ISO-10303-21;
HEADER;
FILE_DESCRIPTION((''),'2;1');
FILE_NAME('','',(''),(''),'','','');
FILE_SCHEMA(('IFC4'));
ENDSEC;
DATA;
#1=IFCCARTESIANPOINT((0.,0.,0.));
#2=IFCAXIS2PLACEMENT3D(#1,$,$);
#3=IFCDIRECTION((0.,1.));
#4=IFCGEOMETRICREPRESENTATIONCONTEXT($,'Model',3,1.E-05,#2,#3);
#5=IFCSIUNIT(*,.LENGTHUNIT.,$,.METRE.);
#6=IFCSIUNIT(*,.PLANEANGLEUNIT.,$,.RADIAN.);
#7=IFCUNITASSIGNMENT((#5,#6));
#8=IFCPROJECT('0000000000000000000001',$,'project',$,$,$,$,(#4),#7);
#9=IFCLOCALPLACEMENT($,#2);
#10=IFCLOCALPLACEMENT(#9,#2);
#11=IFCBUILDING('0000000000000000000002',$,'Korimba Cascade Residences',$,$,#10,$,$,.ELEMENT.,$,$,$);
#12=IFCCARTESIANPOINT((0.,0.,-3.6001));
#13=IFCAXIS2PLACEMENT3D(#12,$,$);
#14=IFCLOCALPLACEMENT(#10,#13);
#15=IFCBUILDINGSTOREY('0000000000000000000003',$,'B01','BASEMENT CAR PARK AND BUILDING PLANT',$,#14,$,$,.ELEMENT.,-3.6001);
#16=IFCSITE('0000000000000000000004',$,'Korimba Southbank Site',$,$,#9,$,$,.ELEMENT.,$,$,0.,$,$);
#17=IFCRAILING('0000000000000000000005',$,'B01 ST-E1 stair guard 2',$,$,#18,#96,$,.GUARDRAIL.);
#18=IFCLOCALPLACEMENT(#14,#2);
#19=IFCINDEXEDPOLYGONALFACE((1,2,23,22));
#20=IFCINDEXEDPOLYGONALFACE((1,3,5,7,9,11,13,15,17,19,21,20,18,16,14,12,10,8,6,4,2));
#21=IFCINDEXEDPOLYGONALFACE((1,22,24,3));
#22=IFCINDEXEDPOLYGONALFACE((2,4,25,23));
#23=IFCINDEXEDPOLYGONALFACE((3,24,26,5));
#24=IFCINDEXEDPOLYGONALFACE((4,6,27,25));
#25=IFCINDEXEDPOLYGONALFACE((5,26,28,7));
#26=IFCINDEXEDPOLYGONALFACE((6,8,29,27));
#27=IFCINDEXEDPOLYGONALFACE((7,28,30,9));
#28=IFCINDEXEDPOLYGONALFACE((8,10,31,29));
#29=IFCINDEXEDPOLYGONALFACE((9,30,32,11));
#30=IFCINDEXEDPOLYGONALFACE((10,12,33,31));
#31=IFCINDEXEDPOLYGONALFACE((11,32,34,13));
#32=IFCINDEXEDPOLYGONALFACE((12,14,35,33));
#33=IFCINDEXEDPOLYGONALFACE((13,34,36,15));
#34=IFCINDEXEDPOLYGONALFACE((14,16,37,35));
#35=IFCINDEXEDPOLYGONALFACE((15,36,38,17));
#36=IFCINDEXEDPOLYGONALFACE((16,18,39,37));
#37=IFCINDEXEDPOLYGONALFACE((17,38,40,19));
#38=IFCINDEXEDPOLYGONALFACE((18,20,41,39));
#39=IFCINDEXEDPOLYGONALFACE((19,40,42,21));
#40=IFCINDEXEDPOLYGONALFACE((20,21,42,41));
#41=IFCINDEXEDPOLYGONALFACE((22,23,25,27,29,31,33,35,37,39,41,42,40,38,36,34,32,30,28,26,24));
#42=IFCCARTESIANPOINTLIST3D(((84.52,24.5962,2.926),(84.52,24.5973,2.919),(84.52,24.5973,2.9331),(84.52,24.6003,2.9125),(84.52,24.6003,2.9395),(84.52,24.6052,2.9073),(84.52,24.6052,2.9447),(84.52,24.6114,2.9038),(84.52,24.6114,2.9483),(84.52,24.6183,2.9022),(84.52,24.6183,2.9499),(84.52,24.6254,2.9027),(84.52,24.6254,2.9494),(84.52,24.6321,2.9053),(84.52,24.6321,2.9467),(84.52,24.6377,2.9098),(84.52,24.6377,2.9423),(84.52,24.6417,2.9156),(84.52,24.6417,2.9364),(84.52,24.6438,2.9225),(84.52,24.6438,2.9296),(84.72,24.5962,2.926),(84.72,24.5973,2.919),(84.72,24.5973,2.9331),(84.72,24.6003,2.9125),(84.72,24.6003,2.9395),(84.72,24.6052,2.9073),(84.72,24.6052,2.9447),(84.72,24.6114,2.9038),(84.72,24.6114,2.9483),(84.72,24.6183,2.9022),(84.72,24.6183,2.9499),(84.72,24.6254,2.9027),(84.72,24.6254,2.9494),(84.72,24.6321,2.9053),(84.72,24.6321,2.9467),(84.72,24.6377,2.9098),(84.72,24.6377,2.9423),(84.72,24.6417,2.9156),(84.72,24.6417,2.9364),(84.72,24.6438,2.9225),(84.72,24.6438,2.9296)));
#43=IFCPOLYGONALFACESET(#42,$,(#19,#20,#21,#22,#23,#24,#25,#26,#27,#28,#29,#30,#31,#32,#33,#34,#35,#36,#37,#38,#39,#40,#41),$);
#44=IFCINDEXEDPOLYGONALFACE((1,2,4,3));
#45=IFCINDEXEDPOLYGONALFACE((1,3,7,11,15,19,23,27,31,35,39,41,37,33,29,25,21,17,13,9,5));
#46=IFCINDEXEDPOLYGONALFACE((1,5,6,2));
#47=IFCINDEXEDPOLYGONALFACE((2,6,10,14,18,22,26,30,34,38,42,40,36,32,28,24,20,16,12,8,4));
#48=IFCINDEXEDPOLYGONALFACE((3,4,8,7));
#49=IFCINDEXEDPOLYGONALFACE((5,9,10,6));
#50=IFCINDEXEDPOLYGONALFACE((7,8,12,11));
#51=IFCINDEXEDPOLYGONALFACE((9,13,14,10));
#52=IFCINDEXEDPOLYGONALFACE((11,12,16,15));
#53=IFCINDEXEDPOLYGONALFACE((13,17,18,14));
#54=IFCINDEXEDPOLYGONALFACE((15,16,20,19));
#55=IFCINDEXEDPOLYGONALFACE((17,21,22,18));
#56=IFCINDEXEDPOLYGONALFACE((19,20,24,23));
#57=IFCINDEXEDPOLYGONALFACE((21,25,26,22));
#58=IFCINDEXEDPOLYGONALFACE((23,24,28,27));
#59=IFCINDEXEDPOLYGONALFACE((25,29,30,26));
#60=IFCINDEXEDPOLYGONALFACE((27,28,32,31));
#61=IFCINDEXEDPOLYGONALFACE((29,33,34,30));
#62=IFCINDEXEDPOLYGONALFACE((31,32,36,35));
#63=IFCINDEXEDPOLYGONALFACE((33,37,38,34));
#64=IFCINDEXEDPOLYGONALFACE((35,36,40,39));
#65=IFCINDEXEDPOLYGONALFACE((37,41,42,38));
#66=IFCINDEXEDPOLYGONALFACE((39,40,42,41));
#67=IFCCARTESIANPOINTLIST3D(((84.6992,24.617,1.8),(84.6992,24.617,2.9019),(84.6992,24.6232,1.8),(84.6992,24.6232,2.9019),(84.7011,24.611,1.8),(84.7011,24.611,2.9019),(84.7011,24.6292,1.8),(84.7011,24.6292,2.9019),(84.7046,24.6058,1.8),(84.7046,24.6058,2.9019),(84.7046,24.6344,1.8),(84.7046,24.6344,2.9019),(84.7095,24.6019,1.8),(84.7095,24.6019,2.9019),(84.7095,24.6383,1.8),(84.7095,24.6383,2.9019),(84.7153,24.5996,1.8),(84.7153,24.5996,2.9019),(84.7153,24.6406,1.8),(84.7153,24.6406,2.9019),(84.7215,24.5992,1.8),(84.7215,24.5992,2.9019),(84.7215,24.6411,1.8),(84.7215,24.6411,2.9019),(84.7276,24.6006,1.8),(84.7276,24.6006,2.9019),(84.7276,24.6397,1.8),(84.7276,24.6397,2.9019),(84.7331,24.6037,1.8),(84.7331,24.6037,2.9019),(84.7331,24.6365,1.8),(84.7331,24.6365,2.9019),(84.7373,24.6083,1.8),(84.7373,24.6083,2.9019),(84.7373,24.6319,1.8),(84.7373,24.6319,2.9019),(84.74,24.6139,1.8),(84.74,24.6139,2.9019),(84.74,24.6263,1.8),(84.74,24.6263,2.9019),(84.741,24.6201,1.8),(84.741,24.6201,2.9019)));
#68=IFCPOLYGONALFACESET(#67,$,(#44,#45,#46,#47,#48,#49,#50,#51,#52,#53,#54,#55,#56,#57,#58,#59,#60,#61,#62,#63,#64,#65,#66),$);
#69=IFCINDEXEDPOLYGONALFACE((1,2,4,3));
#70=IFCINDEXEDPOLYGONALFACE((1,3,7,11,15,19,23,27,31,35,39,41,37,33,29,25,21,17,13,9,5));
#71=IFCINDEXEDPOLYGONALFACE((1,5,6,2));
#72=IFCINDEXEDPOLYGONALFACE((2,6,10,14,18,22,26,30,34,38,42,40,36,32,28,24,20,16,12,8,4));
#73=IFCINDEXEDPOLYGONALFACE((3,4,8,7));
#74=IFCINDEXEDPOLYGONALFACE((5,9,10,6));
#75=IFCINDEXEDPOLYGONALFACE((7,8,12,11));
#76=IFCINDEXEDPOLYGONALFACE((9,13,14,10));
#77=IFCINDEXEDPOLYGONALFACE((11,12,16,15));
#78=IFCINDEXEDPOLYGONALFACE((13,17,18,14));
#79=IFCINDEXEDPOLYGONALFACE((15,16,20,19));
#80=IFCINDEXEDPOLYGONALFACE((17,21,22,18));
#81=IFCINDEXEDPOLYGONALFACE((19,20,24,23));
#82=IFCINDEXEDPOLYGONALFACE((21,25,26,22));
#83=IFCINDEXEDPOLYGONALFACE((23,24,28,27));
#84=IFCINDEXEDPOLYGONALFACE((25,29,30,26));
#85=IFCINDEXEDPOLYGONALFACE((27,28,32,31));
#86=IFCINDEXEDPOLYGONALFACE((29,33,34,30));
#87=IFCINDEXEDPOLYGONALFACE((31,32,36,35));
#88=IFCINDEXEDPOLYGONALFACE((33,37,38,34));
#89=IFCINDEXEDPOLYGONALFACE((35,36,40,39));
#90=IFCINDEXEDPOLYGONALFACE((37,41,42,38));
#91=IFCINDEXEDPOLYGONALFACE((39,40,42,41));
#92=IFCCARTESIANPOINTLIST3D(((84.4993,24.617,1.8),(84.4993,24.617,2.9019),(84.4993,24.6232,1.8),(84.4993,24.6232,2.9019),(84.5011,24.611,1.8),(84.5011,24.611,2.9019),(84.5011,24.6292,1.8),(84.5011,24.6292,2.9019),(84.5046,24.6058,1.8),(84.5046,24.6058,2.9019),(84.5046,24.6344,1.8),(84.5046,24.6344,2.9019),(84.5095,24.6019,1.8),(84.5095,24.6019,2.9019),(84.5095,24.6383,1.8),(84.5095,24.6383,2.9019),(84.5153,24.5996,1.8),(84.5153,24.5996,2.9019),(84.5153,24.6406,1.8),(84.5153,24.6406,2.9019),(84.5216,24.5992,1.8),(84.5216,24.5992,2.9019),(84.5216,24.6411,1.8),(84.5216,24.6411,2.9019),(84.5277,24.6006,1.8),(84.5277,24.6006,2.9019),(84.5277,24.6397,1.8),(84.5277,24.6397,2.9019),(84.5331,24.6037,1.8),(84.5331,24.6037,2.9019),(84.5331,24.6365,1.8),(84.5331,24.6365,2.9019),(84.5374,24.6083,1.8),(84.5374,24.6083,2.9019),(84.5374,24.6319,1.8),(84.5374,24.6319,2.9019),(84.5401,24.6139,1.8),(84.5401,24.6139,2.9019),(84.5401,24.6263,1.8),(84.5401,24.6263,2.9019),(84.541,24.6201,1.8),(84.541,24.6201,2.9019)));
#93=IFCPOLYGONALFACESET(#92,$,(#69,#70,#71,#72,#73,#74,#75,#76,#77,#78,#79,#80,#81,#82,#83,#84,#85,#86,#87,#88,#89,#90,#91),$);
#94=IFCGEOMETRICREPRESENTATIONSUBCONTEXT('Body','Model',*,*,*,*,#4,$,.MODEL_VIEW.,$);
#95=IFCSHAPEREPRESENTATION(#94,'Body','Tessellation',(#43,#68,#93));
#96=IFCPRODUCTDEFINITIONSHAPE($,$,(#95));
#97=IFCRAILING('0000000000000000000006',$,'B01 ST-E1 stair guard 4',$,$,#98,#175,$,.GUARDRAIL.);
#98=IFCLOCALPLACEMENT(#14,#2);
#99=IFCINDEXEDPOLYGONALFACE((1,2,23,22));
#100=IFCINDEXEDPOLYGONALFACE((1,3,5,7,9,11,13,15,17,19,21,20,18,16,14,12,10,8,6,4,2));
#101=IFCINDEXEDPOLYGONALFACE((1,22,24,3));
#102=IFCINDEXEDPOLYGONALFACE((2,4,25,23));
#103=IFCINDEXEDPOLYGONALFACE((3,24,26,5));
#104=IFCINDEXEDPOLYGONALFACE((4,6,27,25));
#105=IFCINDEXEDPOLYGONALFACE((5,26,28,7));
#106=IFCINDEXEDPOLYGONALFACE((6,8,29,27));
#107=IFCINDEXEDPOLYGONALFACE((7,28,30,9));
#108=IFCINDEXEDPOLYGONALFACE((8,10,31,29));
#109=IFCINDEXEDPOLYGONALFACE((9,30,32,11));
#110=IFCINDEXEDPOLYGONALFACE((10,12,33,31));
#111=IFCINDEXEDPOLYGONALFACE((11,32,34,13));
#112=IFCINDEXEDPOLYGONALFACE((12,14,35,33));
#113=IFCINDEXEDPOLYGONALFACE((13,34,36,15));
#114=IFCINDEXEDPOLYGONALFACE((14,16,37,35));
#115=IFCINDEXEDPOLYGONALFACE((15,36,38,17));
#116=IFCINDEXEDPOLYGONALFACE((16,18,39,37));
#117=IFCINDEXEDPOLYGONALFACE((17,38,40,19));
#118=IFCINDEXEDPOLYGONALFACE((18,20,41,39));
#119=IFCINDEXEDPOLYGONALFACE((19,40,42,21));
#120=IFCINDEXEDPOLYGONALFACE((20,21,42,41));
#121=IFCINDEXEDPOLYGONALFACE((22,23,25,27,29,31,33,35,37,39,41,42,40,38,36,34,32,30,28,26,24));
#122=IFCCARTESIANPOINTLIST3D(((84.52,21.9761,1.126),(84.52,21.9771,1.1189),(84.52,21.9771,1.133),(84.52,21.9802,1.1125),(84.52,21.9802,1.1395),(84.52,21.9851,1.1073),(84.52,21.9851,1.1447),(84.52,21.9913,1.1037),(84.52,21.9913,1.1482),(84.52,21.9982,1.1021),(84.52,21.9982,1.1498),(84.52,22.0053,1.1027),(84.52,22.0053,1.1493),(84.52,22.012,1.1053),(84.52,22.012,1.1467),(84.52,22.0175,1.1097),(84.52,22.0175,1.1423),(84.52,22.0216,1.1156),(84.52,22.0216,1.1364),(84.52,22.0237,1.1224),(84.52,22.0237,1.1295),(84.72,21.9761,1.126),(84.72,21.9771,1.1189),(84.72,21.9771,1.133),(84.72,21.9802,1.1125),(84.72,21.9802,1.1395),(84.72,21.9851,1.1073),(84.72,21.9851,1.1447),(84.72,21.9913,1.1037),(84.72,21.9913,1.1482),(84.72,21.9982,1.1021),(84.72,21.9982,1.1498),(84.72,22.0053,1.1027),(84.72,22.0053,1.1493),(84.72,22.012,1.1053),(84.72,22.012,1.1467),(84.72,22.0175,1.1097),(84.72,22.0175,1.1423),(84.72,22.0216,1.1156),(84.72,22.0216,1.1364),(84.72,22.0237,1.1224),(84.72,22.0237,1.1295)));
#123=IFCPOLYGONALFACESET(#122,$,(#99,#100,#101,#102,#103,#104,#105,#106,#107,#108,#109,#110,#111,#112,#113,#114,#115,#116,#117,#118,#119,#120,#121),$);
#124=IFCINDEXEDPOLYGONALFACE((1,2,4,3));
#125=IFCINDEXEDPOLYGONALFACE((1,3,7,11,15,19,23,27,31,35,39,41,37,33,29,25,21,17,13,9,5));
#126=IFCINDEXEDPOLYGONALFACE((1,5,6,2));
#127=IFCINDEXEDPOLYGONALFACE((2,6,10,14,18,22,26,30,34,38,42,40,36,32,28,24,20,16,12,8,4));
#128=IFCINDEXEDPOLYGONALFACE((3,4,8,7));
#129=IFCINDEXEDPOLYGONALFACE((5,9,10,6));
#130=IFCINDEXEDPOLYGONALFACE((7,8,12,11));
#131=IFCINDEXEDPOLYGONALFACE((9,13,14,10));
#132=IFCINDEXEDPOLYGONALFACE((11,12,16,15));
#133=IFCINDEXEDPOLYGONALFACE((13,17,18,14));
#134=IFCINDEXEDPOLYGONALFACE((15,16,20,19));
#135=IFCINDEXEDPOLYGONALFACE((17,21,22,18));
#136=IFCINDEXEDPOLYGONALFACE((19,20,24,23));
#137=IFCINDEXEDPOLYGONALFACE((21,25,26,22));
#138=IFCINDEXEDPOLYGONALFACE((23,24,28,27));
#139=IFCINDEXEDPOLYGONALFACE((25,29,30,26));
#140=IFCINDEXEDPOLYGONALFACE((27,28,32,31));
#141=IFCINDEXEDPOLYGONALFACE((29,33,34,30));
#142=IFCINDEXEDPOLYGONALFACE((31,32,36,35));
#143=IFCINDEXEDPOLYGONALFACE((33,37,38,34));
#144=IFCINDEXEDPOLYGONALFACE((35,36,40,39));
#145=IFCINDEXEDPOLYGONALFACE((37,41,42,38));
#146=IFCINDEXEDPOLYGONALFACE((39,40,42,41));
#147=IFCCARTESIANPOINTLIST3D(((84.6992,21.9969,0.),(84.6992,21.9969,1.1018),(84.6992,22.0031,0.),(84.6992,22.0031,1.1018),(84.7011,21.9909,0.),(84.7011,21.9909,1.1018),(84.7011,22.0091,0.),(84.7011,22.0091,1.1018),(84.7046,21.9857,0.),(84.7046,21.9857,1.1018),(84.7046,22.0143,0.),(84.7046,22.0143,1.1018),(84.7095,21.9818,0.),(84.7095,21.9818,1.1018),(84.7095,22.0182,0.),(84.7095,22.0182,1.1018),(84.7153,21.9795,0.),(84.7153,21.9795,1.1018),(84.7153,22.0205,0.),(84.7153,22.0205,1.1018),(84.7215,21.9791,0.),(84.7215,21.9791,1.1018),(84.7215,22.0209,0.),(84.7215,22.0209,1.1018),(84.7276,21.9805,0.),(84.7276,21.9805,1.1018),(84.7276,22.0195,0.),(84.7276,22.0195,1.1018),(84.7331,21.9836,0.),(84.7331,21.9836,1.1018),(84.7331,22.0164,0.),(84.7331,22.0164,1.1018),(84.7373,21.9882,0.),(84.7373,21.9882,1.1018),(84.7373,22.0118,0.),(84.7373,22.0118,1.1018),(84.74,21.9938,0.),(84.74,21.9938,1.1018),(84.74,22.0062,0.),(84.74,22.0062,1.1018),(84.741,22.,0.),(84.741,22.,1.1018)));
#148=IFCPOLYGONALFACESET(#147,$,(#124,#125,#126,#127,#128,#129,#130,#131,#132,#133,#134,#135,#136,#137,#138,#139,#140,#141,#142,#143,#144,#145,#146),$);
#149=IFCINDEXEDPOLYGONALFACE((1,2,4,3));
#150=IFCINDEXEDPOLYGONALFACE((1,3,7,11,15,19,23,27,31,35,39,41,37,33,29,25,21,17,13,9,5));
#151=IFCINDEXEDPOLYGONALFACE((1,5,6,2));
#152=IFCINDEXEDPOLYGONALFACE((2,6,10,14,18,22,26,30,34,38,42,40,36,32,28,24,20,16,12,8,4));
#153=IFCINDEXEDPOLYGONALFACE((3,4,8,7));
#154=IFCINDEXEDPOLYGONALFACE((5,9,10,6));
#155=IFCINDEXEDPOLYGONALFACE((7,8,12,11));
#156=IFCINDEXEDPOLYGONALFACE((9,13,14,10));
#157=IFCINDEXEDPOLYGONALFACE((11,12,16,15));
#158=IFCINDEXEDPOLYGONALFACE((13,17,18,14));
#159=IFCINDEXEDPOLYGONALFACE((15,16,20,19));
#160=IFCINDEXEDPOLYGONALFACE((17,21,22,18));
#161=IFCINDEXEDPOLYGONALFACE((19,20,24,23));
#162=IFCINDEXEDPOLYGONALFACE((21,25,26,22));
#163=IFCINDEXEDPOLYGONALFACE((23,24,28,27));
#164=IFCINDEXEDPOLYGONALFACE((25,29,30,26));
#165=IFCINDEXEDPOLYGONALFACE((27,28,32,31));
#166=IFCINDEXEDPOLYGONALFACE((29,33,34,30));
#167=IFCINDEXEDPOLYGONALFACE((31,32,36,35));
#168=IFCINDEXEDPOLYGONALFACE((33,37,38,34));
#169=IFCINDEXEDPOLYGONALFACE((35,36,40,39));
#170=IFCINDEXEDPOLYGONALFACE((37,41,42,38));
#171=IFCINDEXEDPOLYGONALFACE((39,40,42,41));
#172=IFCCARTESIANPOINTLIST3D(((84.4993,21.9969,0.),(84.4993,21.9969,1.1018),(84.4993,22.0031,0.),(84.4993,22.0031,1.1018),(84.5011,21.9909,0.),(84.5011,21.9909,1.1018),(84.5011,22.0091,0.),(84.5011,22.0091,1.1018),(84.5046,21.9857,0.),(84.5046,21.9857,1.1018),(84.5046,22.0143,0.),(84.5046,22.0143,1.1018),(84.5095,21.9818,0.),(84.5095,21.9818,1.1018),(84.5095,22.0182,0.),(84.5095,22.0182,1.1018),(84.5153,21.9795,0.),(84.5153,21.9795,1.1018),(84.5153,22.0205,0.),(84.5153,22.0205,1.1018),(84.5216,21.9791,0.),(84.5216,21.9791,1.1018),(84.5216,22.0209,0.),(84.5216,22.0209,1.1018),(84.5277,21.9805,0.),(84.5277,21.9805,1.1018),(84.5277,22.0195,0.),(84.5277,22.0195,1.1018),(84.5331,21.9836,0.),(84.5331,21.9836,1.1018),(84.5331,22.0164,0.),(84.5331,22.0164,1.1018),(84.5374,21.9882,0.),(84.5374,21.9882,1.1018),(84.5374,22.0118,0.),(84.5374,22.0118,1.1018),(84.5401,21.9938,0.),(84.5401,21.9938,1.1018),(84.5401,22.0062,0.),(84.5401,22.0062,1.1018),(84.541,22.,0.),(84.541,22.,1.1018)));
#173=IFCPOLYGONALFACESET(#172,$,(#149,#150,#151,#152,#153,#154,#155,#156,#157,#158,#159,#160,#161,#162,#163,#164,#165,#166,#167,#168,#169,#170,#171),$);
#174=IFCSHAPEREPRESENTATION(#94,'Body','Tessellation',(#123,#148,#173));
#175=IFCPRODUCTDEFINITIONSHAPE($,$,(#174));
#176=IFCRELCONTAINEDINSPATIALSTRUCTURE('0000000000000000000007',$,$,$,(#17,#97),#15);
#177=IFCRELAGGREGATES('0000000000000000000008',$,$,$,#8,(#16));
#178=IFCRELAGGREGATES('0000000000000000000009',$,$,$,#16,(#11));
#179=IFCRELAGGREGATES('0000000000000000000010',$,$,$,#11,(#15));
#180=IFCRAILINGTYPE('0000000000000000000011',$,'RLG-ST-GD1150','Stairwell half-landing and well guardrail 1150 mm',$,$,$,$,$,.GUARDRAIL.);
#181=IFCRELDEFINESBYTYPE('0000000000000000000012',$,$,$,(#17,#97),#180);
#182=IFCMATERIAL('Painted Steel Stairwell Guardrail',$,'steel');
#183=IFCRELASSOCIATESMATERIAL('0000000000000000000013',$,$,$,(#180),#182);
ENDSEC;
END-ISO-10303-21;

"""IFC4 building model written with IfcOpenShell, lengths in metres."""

from ifc_helpers import new_model, si_unit, direction, frame, origin, origin_2d, place, context, subcontext, project, spatial, circle, extrude, material, type_object, element, save


model = new_model("IFC4")

# Units and contexts
model_context = context("Model", 3, precision=1e-05, world=origin(), true_north=direction((0.0, 1.0)))
body_context = subcontext(model_context, "Body", "Model", "MODEL_VIEW")
ifc_project = project(units=[si_unit("LENGTHUNIT", "METRE"), si_unit("PLANEANGLEUNIT", "RADIAN")], contexts=[model_context])

# Site, building, storey
site_placement = place(None, origin())
site = spatial("IfcSite", under=ifc_project, at=site_placement, Name="Korimba Southbank Site", CompositionType="ELEMENT", RefElevation=0.0)
building_placement = place(site_placement, origin())
building = spatial("IfcBuilding", under=site, at=building_placement, Name="Korimba Cascade Residences", CompositionType="ELEMENT")
storey_placement = place(building_placement, frame((0.0, 0.0, -3.6001)))
storey = spatial("IfcBuildingStorey", under=building, at=storey_placement, Name="B01", Description="BASEMENT CAR PARK AND BUILDING PLANT", CompositionType="ELEMENT", Elevation=-3.6001)

# Railings
ifc_material_1 = material(Name="Painted Steel Stairwell Guardrail", Category="steel")
railing_type_1 = type_object("IfcRailingType", Name="RLG-ST-GD1150", Description="Stairwell half-landing and well guardrail 1150 mm", PredefinedType="GUARDRAIL", material=ifc_material_1)
for number, where, name in (
    (1, (84.72, 24.6201, 1.8), "B01 ST-E1 stair guard 2"),
    (2, (84.72, 22.0, 0.0), "B01 ST-E1 stair guard 4"),
):
    element("IfcRailing", number, at=place(storey_placement, frame(where)), inside=storey, type_object=railing_type_1, Name=name, PredefinedType="GUARDRAIL", context=body_context, shape_type="SweptSolid", body=[
        extrude(circle(Radius=0.0239, at=origin_2d()), frame((0.0, 0.0, 1.126), z_axis=(-1.0, 0.0, 0.0), x_axis=(0.0, -1.0, 0.0)), (0.0, 0.0, 1.0), 0.2),
        extrude(circle(Radius=0.021, at=origin_2d()), origin(), (0.0, 0.0, 1.0), 1.1018),
        extrude(circle(Radius=0.021, at=origin_2d()), frame((-0.2, 0.0, 0.0)), (0.0, 0.0, 1.0), 1.1018),
    ])

save(model, "model.ifc")
